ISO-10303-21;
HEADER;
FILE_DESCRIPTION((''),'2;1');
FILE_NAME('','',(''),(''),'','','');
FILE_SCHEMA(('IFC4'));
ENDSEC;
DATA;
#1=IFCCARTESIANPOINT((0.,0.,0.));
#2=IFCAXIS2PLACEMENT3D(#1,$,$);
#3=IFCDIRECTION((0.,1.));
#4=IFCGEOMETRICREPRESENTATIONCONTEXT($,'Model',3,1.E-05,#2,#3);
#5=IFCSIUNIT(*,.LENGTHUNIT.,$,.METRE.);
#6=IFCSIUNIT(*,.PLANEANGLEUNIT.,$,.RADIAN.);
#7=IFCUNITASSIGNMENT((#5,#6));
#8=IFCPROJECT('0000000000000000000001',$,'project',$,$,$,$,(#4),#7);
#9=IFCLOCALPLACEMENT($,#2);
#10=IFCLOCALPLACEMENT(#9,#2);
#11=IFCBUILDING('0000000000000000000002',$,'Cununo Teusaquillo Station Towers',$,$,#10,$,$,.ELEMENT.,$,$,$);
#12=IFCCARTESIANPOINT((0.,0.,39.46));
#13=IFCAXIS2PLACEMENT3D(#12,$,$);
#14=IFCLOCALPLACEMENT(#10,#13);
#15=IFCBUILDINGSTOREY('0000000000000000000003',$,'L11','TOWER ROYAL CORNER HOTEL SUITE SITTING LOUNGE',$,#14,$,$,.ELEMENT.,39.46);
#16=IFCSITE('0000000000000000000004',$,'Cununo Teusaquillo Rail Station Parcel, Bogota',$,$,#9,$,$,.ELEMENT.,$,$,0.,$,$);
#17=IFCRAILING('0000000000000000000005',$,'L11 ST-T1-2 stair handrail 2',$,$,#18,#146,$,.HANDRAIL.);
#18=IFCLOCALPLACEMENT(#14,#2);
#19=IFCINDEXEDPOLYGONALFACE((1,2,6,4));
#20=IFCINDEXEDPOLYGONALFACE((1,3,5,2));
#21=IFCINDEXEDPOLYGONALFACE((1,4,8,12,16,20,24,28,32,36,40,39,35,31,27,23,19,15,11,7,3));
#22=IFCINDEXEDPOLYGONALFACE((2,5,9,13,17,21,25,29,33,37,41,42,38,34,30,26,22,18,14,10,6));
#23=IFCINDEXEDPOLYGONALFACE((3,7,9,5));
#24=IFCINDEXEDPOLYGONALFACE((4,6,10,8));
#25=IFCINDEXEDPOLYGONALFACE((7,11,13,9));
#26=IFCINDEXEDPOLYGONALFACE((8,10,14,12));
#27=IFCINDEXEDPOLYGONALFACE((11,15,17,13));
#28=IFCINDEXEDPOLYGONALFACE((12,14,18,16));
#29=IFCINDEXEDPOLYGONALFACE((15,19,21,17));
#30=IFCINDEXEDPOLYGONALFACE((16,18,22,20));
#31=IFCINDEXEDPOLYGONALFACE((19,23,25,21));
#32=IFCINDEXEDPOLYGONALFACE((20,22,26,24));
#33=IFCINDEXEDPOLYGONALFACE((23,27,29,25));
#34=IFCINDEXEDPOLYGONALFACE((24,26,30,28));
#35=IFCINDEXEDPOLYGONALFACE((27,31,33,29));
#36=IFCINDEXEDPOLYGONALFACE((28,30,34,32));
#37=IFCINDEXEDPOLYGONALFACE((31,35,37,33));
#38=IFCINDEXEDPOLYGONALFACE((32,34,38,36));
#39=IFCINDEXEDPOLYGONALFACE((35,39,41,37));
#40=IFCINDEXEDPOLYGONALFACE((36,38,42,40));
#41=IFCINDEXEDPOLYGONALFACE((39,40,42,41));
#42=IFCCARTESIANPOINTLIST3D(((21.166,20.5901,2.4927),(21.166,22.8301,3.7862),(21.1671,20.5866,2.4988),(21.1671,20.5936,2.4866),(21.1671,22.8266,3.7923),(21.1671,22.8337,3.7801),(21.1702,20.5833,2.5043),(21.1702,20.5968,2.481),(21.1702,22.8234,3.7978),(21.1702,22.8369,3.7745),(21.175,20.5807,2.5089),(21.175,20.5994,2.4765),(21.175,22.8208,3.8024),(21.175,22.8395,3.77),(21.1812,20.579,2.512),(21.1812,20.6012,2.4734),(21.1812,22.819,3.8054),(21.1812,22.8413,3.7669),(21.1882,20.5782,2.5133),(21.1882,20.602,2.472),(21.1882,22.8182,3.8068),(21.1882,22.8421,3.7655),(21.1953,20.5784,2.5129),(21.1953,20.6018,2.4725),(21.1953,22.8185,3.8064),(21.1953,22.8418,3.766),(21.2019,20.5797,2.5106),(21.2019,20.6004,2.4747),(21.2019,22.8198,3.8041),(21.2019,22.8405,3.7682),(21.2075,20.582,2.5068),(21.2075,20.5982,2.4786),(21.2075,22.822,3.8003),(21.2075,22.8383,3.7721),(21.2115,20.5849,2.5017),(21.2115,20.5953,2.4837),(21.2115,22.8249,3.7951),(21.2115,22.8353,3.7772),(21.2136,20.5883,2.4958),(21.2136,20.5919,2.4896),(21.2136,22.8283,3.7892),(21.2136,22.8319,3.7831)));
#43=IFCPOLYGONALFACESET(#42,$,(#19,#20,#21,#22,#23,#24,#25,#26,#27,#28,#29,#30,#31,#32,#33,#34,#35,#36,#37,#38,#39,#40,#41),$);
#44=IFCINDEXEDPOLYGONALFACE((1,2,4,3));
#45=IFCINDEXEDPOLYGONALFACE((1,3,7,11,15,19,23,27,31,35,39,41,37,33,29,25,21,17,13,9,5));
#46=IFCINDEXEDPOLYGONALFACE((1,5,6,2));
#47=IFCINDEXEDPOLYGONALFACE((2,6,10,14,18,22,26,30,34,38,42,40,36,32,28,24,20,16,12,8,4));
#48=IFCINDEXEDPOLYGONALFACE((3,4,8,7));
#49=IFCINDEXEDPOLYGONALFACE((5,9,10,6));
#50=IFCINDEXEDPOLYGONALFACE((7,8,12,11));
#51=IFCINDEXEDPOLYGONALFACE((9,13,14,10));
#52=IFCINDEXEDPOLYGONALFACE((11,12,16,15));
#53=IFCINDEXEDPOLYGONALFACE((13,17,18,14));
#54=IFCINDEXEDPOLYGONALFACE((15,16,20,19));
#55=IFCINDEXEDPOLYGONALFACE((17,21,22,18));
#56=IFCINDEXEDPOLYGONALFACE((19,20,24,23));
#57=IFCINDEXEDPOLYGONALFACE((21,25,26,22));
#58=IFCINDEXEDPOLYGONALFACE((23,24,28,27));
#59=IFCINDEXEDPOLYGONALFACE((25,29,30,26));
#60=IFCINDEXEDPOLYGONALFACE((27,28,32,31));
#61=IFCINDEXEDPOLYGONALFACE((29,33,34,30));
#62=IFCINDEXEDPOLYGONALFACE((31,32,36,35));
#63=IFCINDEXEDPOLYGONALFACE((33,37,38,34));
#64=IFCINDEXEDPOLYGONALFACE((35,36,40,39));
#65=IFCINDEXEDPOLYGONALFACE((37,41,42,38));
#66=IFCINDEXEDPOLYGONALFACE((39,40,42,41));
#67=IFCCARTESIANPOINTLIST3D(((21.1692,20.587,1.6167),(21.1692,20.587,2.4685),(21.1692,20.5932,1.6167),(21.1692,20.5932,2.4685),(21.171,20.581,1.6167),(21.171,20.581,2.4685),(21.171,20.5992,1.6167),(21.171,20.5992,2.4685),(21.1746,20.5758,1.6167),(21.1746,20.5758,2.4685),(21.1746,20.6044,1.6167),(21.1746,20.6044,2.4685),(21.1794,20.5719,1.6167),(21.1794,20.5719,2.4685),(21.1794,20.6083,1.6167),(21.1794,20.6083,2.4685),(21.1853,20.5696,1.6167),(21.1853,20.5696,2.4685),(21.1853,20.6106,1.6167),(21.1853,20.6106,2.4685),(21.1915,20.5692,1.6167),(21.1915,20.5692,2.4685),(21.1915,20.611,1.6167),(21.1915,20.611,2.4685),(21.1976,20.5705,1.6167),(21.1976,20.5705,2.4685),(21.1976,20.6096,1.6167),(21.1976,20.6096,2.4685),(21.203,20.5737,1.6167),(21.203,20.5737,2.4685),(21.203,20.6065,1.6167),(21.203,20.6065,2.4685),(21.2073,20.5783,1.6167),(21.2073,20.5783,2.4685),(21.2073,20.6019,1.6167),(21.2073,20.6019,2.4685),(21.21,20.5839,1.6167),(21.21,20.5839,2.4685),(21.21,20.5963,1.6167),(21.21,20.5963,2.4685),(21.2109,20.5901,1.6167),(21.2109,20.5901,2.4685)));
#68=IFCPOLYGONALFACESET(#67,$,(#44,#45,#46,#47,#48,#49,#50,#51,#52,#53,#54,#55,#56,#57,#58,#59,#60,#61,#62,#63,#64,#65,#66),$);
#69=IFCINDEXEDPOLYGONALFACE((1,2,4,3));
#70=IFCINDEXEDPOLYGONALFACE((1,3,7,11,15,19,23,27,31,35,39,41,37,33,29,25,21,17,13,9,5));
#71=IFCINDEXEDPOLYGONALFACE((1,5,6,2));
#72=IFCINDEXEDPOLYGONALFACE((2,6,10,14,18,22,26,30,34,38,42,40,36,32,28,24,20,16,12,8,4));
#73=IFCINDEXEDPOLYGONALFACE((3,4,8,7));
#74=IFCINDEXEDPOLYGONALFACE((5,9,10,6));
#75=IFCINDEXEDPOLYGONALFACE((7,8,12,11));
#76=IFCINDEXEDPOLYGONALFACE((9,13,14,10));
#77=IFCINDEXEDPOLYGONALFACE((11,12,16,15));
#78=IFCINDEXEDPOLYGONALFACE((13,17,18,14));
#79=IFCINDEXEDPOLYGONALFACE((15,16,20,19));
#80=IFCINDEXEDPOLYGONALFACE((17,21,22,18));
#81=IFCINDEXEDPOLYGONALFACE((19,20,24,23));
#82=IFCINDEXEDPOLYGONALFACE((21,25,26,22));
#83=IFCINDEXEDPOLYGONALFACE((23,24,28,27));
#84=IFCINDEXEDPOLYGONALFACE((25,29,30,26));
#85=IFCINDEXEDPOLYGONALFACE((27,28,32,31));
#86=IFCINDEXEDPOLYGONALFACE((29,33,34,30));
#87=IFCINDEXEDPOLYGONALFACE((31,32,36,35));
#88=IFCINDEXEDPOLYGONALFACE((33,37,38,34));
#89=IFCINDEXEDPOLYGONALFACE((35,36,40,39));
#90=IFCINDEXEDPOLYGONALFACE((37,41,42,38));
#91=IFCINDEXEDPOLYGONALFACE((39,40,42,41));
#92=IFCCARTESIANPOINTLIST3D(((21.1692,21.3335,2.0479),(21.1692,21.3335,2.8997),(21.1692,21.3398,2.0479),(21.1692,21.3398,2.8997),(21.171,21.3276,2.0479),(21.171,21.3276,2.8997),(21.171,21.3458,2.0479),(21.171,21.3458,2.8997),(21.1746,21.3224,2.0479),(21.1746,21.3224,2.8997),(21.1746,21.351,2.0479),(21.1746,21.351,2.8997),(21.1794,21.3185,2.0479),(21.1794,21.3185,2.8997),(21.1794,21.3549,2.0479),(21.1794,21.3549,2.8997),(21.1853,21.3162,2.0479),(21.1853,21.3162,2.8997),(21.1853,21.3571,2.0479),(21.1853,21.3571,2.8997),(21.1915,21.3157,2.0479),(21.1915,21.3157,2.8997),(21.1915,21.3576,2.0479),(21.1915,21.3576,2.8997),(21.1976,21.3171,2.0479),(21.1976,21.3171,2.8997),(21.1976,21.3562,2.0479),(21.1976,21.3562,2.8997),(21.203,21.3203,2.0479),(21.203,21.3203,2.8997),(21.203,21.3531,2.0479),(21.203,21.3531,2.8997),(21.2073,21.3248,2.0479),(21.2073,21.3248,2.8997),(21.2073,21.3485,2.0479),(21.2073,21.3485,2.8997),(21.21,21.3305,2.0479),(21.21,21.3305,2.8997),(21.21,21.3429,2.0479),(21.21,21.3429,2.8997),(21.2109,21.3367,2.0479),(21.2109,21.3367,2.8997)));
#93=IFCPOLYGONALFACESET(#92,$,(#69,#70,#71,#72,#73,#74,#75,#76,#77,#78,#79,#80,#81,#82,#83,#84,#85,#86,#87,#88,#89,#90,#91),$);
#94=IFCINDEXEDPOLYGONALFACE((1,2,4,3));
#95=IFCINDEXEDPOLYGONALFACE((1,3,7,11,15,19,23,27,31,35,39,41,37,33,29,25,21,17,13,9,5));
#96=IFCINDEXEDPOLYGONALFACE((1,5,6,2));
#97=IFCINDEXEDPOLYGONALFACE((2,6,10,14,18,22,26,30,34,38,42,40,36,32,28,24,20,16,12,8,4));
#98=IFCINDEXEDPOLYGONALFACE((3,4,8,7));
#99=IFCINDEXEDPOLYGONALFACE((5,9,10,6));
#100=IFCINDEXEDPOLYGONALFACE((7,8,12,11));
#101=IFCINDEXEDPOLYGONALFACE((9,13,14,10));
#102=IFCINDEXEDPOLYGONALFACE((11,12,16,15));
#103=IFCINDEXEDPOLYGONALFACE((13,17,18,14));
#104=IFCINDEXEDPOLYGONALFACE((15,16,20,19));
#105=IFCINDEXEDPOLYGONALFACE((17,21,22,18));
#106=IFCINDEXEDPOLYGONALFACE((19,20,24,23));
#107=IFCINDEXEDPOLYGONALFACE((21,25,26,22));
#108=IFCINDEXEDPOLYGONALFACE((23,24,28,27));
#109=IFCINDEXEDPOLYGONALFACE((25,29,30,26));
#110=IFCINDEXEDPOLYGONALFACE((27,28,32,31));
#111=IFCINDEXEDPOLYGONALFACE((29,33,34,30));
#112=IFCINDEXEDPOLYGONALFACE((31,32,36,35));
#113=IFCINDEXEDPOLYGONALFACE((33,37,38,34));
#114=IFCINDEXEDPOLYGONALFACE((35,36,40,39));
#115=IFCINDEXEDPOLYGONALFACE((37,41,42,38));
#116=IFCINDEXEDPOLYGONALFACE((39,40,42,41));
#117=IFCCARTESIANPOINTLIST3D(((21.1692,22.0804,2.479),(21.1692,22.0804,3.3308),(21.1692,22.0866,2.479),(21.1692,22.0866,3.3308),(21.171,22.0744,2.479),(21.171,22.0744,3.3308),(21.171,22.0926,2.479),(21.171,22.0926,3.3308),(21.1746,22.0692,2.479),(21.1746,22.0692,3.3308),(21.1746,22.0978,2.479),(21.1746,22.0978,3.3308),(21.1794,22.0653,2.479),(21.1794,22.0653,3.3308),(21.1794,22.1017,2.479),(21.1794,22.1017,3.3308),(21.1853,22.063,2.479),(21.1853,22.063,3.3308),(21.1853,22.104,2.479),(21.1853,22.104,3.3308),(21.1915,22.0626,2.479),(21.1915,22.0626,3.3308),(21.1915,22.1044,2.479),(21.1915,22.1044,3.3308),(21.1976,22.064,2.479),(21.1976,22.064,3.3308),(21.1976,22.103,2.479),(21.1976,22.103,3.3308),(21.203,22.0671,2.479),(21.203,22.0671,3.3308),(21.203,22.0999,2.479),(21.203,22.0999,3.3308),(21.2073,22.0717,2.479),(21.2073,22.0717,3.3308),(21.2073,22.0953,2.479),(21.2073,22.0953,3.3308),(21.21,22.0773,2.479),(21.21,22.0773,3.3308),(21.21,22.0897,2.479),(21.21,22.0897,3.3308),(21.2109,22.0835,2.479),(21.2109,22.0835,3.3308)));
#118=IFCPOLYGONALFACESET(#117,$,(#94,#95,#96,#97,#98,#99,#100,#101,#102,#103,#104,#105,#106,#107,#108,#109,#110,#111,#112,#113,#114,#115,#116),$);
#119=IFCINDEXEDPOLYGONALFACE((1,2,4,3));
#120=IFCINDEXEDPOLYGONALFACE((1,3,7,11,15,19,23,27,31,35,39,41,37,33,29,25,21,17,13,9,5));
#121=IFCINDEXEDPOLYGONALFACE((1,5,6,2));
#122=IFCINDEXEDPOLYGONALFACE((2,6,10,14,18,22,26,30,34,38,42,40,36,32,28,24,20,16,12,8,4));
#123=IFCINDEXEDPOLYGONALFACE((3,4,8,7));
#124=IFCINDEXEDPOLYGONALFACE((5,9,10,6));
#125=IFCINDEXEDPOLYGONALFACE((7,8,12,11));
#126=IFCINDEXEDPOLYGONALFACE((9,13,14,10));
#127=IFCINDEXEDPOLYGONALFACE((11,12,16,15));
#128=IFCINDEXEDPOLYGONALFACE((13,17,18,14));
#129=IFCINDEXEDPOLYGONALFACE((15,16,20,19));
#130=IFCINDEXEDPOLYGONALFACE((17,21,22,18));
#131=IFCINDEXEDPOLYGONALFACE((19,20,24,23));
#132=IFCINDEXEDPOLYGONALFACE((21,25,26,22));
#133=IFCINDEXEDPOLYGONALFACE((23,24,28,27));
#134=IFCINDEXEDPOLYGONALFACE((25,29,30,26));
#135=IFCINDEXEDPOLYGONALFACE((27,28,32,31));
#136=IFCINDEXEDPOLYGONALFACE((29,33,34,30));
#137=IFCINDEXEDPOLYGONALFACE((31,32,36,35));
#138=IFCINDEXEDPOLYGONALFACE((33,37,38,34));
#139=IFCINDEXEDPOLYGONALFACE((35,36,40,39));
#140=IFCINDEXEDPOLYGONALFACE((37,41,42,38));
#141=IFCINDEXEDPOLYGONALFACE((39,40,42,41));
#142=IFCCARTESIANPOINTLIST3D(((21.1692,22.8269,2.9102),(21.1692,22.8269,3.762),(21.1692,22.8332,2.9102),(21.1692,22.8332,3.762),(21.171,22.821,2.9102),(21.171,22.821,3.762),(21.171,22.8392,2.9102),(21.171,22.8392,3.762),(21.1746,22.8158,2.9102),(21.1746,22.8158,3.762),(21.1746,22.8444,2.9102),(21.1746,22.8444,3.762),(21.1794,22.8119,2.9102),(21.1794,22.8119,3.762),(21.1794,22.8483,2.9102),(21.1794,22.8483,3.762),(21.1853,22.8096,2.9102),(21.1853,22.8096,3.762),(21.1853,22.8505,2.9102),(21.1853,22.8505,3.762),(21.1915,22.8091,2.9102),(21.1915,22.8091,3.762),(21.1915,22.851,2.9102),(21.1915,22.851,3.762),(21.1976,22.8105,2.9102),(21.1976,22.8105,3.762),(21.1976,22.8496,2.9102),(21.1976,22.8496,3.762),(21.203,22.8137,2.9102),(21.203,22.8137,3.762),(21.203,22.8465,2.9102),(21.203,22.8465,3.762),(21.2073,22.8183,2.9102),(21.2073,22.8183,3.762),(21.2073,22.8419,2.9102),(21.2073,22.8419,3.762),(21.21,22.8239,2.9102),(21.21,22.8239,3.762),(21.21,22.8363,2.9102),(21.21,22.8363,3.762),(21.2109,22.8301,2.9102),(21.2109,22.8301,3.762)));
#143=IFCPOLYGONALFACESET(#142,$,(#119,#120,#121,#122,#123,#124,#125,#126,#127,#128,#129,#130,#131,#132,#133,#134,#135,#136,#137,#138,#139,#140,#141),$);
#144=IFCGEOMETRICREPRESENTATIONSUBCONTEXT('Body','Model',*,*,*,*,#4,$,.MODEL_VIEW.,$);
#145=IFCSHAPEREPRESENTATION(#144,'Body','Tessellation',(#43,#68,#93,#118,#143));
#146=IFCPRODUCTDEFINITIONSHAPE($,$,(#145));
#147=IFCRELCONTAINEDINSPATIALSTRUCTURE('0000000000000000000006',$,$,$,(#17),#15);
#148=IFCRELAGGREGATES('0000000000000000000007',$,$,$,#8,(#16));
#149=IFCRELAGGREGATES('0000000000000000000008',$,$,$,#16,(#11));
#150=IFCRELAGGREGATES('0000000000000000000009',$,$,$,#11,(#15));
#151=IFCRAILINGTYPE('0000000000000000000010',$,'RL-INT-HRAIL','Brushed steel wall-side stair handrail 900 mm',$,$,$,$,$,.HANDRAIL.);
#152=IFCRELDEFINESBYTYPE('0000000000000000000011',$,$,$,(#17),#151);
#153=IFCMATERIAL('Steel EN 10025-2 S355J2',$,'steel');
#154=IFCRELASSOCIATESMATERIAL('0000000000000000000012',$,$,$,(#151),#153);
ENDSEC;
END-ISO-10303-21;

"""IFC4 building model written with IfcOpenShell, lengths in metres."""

from ifc_helpers import new_model, si_unit, direction, frame, origin, origin_2d, place, context, subcontext, project, spatial, circle, extrude, material, type_object, element, save


model = new_model("IFC4")

# Units and contexts
model_context = context("Model", 3, precision=1e-05, world=origin(), true_north=direction((0.0, 1.0)))
body_context = subcontext(model_context, "Body", "Model", "MODEL_VIEW")
ifc_project = project(units=[si_unit("LENGTHUNIT", "METRE"), si_unit("PLANEANGLEUNIT", "RADIAN")], contexts=[model_context])

# Site, building, storey
site_placement = place(None, origin())
site = spatial("IfcSite", under=ifc_project, at=site_placement, Name="Cununo Teusaquillo Rail Station Parcel, Bogota", CompositionType="ELEMENT", RefElevation=0.0)
building_placement = place(site_placement, origin())
building = spatial("IfcBuilding", under=site, at=building_placement, Name="Cununo Teusaquillo Station Towers", CompositionType="ELEMENT")
storey_placement = place(building_placement, frame((0.0, 0.0, 39.46)))
storey = spatial("IfcBuildingStorey", under=building, at=storey_placement, Name="L11", Description="TOWER ROYAL CORNER HOTEL SUITE SITTING LOUNGE", CompositionType="ELEMENT", Elevation=39.46)

# Railing
ifc_material_1 = material(Name="Steel EN 10025-2 S355J2", Category="steel")
railing_type_1 = type_object("IfcRailingType", Name="RL-INT-HRAIL", Description="Brushed steel wall-side stair handrail 900 mm", PredefinedType="HANDRAIL", material=ifc_material_1)
railing_1_placement = place(storey_placement, frame((21.1899, 20.5901, 1.6167)))
element("IfcRailing", 1, at=railing_1_placement, inside=storey, type_object=railing_type_1, Name="L11 ST-T1-2 stair handrail 2", PredefinedType="HANDRAIL", context=body_context, shape_type="SweptSolid", body=[
    extrude(circle(Radius=0.0239, at=origin_2d()), frame((0.0, 0.0, 0.876), z_axis=(0.0, 0.865992, 0.500057), x_axis=(-1.0, 0.0, 0.0)), (0.0, 0.0, 1.0), 2.5867),
    extrude(circle(Radius=0.021, at=origin_2d()), origin(), (0.0, 0.0, 1.0), 0.8518),
    extrude(circle(Radius=0.021, at=origin_2d()), frame((0.0, 0.7466, 0.4312)), (0.0, 0.0, 1.0), 0.8518),
    extrude(circle(Radius=0.021, at=origin_2d()), frame((0.0, 1.4934, 0.8623)), (0.0, 0.0, 1.0), 0.8518),
    extrude(circle(Radius=0.021, at=origin_2d()), frame((0.0, 2.24, 1.2935)), (0.0, 0.0, 1.0), 0.8518),
])

save(model, "model.ifc")
